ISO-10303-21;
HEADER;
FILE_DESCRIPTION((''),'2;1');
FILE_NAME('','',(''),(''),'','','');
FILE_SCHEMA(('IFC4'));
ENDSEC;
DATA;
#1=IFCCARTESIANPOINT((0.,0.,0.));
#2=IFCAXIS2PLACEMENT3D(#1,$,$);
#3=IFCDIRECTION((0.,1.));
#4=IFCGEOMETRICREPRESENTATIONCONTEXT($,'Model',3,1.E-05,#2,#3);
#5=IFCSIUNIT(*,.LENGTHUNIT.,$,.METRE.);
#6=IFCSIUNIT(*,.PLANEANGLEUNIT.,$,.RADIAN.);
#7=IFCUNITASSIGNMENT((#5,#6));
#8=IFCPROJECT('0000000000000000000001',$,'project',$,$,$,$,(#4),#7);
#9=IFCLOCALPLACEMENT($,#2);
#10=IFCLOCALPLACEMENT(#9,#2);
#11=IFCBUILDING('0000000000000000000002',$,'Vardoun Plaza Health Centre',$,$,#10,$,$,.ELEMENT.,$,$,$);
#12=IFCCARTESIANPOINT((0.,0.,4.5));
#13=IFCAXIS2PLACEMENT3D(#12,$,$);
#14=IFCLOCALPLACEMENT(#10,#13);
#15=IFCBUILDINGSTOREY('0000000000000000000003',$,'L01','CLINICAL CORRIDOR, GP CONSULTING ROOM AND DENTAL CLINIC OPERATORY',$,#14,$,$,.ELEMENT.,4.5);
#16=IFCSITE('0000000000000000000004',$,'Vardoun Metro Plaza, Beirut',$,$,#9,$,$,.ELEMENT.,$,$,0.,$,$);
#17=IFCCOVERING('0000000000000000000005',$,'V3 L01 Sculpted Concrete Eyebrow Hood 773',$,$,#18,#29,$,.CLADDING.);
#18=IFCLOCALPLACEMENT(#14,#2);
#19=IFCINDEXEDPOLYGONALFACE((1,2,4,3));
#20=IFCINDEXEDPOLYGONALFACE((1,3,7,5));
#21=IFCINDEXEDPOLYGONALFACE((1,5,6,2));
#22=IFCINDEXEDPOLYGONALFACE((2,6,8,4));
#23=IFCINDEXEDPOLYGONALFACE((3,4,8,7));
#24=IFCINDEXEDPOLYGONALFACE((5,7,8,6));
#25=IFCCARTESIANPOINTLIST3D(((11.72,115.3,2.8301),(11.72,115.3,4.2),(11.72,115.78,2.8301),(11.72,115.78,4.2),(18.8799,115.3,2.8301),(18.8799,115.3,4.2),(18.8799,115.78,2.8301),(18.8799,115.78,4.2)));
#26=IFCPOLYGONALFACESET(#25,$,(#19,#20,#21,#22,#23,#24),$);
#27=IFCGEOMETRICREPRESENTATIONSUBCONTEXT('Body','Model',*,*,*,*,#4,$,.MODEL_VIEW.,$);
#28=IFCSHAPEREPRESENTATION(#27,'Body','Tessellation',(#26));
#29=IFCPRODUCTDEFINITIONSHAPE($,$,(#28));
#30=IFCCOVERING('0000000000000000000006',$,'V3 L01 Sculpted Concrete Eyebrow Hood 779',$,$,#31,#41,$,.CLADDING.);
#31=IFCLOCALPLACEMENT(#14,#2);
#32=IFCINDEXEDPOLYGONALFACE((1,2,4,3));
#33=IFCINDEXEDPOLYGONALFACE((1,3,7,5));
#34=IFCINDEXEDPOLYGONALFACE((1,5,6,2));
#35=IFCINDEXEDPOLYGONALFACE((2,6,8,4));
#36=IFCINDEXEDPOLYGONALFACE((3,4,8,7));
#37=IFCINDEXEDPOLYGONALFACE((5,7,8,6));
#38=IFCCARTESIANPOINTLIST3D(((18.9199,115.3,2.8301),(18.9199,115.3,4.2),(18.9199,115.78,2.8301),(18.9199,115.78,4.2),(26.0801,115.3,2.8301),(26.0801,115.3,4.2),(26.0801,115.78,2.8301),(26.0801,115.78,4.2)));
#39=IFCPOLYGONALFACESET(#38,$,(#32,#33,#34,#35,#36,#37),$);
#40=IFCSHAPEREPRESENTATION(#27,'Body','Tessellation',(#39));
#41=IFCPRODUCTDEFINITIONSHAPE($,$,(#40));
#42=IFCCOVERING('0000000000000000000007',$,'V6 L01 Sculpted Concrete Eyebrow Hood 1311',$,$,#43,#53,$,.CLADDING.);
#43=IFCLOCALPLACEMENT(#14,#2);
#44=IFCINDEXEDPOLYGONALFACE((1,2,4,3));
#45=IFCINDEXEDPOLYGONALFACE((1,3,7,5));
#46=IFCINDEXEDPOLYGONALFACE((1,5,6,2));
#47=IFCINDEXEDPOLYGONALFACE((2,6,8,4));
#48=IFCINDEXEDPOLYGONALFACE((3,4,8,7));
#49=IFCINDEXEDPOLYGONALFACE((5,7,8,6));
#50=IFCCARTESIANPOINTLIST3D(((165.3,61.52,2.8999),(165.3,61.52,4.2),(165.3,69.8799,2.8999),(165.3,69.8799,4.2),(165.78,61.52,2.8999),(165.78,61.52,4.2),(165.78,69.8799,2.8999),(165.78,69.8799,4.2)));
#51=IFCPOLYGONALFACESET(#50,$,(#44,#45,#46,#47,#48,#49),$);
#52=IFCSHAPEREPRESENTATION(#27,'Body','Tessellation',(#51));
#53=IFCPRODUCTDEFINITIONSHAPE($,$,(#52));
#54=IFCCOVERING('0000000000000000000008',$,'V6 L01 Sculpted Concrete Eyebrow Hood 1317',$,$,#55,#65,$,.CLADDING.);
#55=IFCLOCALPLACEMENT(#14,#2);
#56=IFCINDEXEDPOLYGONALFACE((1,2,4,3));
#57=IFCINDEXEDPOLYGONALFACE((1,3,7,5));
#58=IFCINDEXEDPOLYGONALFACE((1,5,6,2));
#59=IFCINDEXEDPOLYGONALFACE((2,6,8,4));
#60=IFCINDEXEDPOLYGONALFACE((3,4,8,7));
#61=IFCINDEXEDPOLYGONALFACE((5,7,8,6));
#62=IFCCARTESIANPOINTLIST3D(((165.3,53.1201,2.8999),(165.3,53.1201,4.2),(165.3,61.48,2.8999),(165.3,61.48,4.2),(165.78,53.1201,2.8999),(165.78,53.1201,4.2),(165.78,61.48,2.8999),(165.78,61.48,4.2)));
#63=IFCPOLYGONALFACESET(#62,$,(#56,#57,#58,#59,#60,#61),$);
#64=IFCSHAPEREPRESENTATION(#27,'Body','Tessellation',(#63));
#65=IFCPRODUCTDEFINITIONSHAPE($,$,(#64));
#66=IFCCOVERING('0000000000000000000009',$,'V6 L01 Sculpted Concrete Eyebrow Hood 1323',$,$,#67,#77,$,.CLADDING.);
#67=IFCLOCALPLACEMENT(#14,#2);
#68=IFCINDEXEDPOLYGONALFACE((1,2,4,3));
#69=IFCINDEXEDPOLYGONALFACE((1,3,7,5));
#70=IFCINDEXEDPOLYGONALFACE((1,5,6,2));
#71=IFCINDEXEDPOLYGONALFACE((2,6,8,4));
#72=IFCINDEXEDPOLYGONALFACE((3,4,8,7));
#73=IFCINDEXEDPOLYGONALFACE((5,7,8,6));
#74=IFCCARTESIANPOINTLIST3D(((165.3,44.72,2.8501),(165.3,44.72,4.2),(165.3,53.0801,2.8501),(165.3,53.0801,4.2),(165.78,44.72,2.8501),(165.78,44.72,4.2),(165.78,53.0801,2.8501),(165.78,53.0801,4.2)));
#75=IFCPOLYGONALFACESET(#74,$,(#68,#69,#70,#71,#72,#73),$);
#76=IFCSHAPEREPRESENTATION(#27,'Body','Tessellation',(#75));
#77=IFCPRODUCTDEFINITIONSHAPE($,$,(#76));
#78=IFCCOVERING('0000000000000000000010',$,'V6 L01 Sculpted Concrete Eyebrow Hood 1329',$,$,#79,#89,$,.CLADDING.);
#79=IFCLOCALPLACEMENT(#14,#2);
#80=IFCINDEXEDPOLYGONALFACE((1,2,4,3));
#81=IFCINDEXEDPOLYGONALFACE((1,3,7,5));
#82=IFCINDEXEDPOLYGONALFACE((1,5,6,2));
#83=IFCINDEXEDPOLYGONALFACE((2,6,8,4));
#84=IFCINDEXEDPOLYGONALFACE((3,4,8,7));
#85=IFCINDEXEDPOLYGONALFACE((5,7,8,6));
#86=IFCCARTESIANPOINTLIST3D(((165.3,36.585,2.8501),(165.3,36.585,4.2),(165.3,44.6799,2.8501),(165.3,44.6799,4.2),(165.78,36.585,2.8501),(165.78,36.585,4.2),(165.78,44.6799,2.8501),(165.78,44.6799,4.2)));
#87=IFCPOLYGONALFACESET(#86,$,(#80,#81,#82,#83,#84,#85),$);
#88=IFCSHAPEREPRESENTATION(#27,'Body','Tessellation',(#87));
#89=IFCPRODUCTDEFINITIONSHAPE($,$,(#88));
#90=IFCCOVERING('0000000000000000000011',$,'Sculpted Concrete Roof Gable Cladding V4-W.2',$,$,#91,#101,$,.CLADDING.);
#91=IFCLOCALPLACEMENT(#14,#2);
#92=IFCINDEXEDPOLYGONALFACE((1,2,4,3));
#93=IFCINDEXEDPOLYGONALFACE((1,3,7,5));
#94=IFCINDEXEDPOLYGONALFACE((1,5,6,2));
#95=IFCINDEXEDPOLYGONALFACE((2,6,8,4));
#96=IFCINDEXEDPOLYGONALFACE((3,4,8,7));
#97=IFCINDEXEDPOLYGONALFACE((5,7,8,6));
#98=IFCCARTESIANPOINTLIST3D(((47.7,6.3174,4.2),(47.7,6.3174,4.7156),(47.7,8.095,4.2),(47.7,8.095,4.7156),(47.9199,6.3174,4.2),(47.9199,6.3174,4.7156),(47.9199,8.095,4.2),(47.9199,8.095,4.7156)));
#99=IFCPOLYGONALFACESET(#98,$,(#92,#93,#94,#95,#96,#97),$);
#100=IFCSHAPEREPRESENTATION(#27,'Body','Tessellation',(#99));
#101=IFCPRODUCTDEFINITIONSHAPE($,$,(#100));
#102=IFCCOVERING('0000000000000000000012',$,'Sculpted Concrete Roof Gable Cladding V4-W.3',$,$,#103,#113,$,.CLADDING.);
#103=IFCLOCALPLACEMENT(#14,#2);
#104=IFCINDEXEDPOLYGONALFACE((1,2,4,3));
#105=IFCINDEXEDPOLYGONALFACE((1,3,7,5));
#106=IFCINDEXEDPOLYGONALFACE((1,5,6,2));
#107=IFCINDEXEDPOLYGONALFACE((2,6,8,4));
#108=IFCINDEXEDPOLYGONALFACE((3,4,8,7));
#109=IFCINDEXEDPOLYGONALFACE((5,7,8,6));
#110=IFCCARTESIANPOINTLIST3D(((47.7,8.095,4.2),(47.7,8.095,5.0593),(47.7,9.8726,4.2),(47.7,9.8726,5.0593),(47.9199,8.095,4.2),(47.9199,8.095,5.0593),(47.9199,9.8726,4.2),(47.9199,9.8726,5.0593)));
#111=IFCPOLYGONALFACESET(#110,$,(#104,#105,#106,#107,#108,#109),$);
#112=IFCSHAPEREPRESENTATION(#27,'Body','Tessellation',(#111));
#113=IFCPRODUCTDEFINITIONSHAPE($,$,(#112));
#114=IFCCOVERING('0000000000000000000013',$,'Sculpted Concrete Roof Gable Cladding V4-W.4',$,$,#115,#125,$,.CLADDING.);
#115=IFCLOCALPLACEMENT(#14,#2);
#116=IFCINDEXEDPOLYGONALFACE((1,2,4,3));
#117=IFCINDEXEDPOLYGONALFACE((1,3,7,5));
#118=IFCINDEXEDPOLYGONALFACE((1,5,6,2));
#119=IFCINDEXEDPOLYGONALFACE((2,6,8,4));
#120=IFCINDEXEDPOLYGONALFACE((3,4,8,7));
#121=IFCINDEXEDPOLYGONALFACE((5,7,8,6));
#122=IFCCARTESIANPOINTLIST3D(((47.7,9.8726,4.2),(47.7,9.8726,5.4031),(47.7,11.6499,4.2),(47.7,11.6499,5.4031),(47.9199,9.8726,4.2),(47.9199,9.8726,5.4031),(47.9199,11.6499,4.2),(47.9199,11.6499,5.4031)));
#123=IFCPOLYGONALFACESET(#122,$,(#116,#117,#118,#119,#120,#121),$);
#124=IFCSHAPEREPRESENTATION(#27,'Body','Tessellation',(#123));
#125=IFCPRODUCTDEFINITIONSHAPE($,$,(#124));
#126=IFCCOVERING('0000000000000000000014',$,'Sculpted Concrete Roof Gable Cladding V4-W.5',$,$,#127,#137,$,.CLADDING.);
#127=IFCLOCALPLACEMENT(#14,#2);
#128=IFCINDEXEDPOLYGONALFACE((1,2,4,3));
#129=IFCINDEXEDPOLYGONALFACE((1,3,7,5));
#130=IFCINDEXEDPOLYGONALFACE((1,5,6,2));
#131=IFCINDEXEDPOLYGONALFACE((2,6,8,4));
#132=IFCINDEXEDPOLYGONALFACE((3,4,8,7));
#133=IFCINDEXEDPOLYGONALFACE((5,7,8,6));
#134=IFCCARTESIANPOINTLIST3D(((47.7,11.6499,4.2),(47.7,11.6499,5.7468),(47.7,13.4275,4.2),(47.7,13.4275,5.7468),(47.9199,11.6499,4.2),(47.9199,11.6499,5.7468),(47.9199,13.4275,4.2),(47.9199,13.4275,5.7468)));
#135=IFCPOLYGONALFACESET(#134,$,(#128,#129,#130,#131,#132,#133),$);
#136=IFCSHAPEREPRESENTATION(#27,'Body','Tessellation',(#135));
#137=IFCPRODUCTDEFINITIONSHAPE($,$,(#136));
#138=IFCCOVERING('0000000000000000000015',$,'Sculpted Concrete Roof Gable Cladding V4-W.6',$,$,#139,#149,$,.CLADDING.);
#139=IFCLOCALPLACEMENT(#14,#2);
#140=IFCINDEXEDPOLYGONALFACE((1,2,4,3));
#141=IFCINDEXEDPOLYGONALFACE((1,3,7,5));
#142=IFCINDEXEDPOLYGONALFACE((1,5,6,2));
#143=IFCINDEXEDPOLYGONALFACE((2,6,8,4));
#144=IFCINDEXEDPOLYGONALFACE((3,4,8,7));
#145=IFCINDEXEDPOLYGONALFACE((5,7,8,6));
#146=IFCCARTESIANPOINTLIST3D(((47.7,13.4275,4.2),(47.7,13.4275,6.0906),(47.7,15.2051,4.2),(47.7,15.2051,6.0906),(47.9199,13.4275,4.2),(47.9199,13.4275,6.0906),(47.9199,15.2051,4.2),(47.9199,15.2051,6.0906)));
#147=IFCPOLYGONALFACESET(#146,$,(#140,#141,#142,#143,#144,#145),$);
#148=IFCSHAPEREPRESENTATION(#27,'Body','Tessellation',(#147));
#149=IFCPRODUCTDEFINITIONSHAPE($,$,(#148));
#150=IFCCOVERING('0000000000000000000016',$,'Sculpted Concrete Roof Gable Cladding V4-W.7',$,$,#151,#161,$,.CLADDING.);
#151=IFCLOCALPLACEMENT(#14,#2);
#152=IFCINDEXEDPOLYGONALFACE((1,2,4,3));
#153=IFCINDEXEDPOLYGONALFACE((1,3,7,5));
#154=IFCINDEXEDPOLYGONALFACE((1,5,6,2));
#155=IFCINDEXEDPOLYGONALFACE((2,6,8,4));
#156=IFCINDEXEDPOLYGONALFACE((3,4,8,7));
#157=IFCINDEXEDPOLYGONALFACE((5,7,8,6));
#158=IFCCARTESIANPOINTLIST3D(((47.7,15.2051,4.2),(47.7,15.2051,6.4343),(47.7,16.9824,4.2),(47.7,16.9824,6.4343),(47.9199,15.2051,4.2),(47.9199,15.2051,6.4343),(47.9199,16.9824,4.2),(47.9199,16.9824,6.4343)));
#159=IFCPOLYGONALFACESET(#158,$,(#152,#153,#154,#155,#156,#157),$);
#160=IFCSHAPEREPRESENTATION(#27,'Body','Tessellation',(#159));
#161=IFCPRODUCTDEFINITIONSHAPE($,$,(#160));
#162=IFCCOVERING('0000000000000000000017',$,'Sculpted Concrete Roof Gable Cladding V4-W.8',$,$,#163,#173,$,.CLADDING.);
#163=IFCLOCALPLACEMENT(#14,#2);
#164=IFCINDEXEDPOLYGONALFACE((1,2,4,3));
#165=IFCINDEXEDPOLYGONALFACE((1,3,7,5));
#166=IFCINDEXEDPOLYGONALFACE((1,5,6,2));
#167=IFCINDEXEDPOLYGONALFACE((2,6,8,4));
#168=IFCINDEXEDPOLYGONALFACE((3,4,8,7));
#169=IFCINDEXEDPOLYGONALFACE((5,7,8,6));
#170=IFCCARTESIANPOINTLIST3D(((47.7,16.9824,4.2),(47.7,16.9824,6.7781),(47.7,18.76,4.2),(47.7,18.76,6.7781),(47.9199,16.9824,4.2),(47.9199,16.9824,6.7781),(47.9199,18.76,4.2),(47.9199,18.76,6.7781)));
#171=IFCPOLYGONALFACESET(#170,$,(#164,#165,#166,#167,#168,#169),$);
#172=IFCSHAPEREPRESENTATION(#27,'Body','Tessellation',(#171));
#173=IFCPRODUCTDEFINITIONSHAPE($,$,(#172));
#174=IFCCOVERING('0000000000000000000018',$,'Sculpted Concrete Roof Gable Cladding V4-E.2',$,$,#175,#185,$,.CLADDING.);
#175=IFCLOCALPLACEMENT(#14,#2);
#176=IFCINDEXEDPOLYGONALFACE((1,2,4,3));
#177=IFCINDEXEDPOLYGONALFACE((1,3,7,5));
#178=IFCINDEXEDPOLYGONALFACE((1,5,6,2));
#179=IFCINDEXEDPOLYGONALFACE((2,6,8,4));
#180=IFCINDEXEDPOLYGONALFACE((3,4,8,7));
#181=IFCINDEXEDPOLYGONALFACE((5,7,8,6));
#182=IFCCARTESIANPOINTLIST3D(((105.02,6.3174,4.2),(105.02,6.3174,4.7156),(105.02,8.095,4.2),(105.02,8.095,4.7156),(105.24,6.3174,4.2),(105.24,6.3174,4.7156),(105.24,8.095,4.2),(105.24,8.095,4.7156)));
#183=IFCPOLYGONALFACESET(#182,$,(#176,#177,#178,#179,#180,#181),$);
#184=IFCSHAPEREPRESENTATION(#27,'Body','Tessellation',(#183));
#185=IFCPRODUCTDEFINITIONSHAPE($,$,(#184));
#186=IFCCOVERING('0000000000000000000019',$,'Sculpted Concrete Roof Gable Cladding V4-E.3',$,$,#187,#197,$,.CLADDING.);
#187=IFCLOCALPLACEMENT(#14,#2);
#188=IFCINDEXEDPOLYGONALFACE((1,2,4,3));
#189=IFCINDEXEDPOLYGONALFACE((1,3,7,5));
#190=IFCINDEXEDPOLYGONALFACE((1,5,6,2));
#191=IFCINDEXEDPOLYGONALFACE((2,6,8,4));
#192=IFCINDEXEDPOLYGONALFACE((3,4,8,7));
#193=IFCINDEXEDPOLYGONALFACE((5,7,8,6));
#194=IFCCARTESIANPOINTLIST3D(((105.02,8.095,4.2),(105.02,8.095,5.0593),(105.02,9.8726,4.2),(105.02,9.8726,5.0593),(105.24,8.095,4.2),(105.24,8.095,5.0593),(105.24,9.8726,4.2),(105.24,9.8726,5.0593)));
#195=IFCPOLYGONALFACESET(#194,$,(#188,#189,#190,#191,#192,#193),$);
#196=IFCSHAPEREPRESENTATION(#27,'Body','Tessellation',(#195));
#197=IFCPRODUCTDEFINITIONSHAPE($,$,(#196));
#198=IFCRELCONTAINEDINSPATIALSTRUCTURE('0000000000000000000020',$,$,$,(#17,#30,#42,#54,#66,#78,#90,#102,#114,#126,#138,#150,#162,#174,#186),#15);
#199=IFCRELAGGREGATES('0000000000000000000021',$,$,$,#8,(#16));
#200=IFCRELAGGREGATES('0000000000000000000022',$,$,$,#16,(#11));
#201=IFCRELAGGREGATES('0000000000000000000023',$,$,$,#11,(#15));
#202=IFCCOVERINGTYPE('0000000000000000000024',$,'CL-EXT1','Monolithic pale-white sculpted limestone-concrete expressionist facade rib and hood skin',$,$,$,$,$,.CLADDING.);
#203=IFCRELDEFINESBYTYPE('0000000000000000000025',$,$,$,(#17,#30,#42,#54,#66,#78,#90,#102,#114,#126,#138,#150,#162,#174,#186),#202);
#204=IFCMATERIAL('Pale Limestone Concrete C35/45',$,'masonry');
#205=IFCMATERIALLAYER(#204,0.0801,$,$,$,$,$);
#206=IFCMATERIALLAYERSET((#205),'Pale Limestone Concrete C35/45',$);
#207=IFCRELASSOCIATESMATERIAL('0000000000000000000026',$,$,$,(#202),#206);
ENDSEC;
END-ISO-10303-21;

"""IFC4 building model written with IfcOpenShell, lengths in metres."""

from ifc_helpers import new_model, si_unit, direction, frame, origin, place, context, subcontext, project, spatial, polyline, outline, extrude, material, layer, layer_set, type_object, element, save


model = new_model("IFC4")

# Units and contexts
model_context = context("Model", 3, precision=1e-05, world=origin(), true_north=direction((0.0, 1.0)))
body_context = subcontext(model_context, "Body", "Model", "MODEL_VIEW")
ifc_project = project(units=[si_unit("LENGTHUNIT", "METRE"), si_unit("PLANEANGLEUNIT", "RADIAN")], contexts=[model_context])

# Site, building, storey
site_placement = place(None, origin())
site = spatial("IfcSite", under=ifc_project, at=site_placement, Name="Vardoun Metro Plaza, Beirut", CompositionType="ELEMENT", RefElevation=0.0)
building_placement = place(site_placement, origin())
building = spatial("IfcBuilding", under=site, at=building_placement, Name="Vardoun Plaza Health Centre", CompositionType="ELEMENT")
storey_placement = place(building_placement, frame((0.0, 0.0, 4.5)))
storey = spatial("IfcBuildingStorey", under=building, at=storey_placement, Name="L01", Description="CLINICAL CORRIDOR, GP CONSULTING ROOM AND DENTAL CLINIC OPERATORY", CompositionType="ELEMENT", Elevation=4.5)

# Coverings
ifc_material = material(Name="Pale Limestone Concrete C35/45", Category="masonry")
ifc_layer = layer(ifc_material, 0.0801)
ifc_layer_set = layer_set([ifc_layer], Name="Pale Limestone Concrete C35/45")
covering_type = type_object("IfcCoveringType", Name="CL-EXT1", Description="Monolithic pale-white sculpted limestone-concrete expressionist facade rib and hood skin", PredefinedType="CLADDING", material=ifc_layer_set)
covering_1_placement = place(storey_placement, frame((0.0, 0.0, 2.8301)))
element("IfcCovering", 1, at=covering_1_placement, inside=storey, type_object=covering_type, Name="V3 L01 Sculpted Concrete Eyebrow Hood 773", PredefinedType="CLADDING", context=body_context, shape_type="SweptSolid", body=[
    extrude(outline(polyline([(11.72, 115.3), (18.8799, 115.3), (18.8799, 115.78), (11.72, 115.78), (11.72, 115.3)])), origin(), (0.0, 0.0, 1.0), 1.3699),
])
covering_2_placement = place(storey_placement, frame((0.0, 0.0, 2.8301)))
element("IfcCovering", 2, at=covering_2_placement, inside=storey, type_object=covering_type, Name="V3 L01 Sculpted Concrete Eyebrow Hood 779", PredefinedType="CLADDING", context=body_context, shape_type="SweptSolid", body=[
    extrude(outline(polyline([(18.9199, 115.3), (26.0801, 115.3), (26.0801, 115.78), (18.9199, 115.78), (18.9199, 115.3)])), origin(), (0.0, 0.0, 1.0), 1.3699),
])
covering_3_placement = place(storey_placement, frame((0.0, 0.0, 2.8999)))
element("IfcCovering", 3, at=covering_3_placement, inside=storey, type_object=covering_type, Name="V6 L01 Sculpted Concrete Eyebrow Hood 1311", PredefinedType="CLADDING", context=body_context, shape_type="SweptSolid", body=[
    extrude(outline(polyline([(165.3, 69.8799), (165.3, 61.52), (165.78, 61.52), (165.78, 69.8799), (165.3, 69.8799)])), origin(), (0.0, 0.0, 1.0), 1.3),
])
covering_4_placement = place(storey_placement, frame((0.0, 0.0, 2.8999)))
element("IfcCovering", 4, at=covering_4_placement, inside=storey, type_object=covering_type, Name="V6 L01 Sculpted Concrete Eyebrow Hood 1317", PredefinedType="CLADDING", context=body_context, shape_type="SweptSolid", body=[
    extrude(outline(polyline([(165.3, 61.48), (165.3, 53.1201), (165.78, 53.1201), (165.78, 61.48), (165.3, 61.48)])), origin(), (0.0, 0.0, 1.0), 1.3),
])
covering_5_placement = place(storey_placement, frame((0.0, 0.0, 2.8501)))
element("IfcCovering", 5, at=covering_5_placement, inside=storey, type_object=covering_type, Name="V6 L01 Sculpted Concrete Eyebrow Hood 1323", PredefinedType="CLADDING", context=body_context, shape_type="SweptSolid", body=[
    extrude(outline(polyline([(165.3, 53.0801), (165.3, 44.72), (165.78, 44.72), (165.78, 53.0801), (165.3, 53.0801)])), origin(), (0.0, 0.0, 1.0), 1.3499),
])
covering_6_placement = place(storey_placement, frame((0.0, 0.0, 2.8501)))
element("IfcCovering", 6, at=covering_6_placement, inside=storey, type_object=covering_type, Name="V6 L01 Sculpted Concrete Eyebrow Hood 1329", PredefinedType="CLADDING", context=body_context, shape_type="SweptSolid", body=[
    extrude(outline(polyline([(165.3, 44.6799), (165.3, 36.585), (165.78, 36.585), (165.78, 44.6799), (165.3, 44.6799)])), origin(), (0.0, 0.0, 1.0), 1.3499),
])
covering_7_placement = place(storey_placement, frame((0.0, 0.0, 4.2)))
element("IfcCovering", 7, at=covering_7_placement, inside=storey, type_object=covering_type, Name="Sculpted Concrete Roof Gable Cladding V4-W.2", PredefinedType="CLADDING", context=body_context, shape_type="SweptSolid", body=[
    extrude(outline(polyline([(47.9199, 6.3174), (47.9199, 8.095), (47.7, 8.095), (47.7, 6.3174), (47.9199, 6.3174)])), origin(), (0.0, 0.0, 1.0), 0.5156),
])
covering_8_placement = place(storey_placement, frame((0.0, 0.0, 4.2)))
element("IfcCovering", 8, at=covering_8_placement, inside=storey, type_object=covering_type, Name="Sculpted Concrete Roof Gable Cladding V4-W.3", PredefinedType="CLADDING", context=body_context, shape_type="SweptSolid", body=[
    extrude(outline(polyline([(47.9199, 8.095), (47.9199, 9.8726), (47.7, 9.8726), (47.7, 8.095), (47.9199, 8.095)])), origin(), (0.0, 0.0, 1.0), 0.8594),
])
covering_9_placement = place(storey_placement, frame((0.0, 0.0, 4.2)))
element("IfcCovering", 9, at=covering_9_placement, inside=storey, type_object=covering_type, Name="Sculpted Concrete Roof Gable Cladding V4-W.4", PredefinedType="CLADDING", context=body_context, shape_type="SweptSolid", body=[
    extrude(outline(polyline([(47.9199, 9.8726), (47.9199, 11.6499), (47.7, 11.6499), (47.7, 9.8726), (47.9199, 9.8726)])), origin(), (0.0, 0.0, 1.0), 1.2031),
])
covering_10_placement = place(storey_placement, frame((0.0, 0.0, 4.2)))
element("IfcCovering", 10, at=covering_10_placement, inside=storey, type_object=covering_type, Name="Sculpted Concrete Roof Gable Cladding V4-W.5", PredefinedType="CLADDING", context=body_context, shape_type="SweptSolid", body=[
    extrude(outline(polyline([(47.9199, 11.6499), (47.9199, 13.4275), (47.7, 13.4275), (47.7, 11.6499), (47.9199, 11.6499)])), origin(), (0.0, 0.0, 1.0), 1.5469),
])
covering_11_placement = place(storey_placement, frame((0.0, 0.0, 4.2)))
element("IfcCovering", 11, at=covering_11_placement, inside=storey, type_object=covering_type, Name="Sculpted Concrete Roof Gable Cladding V4-W.6", PredefinedType="CLADDING", context=body_context, shape_type="SweptSolid", body=[
    extrude(outline(polyline([(47.9199, 13.4275), (47.9199, 15.2051), (47.7, 15.2051), (47.7, 13.4275), (47.9199, 13.4275)])), origin(), (0.0, 0.0, 1.0), 1.8906),
])
covering_12_placement = place(storey_placement, frame((0.0, 0.0, 4.2)))
element("IfcCovering", 12, at=covering_12_placement, inside=storey, type_object=covering_type, Name="Sculpted Concrete Roof Gable Cladding V4-W.7", PredefinedType="CLADDING", context=body_context, shape_type="SweptSolid", body=[
    extrude(outline(polyline([(47.9199, 15.2051), (47.9199, 16.9824), (47.7, 16.9824), (47.7, 15.2051), (47.9199, 15.2051)])), origin(), (0.0, 0.0, 1.0), 2.2344),
])
covering_13_placement = place(storey_placement, frame((0.0, 0.0, 4.2)))
element("IfcCovering", 13, at=covering_13_placement, inside=storey, type_object=covering_type, Name="Sculpted Concrete Roof Gable Cladding V4-W.8", PredefinedType="CLADDING", context=body_context, shape_type="SweptSolid", body=[
    extrude(outline(polyline([(47.9199, 16.9824), (47.9199, 18.76), (47.7, 18.76), (47.7, 16.9824), (47.9199, 16.9824)])), origin(), (0.0, 0.0, 1.0), 2.5781),
])
covering_14_placement = place(storey_placement, frame((0.0, 0.0, 4.2)))
element("IfcCovering", 14, at=covering_14_placement, inside=storey, type_object=covering_type, Name="Sculpted Concrete Roof Gable Cladding V4-E.2", PredefinedType="CLADDING", context=body_context, shape_type="SweptSolid", body=[
    extrude(outline(polyline([(105.24, 6.3174), (105.24, 8.095), (105.02, 8.095), (105.02, 6.3174), (105.24, 6.3174)])), origin(), (0.0, 0.0, 1.0), 0.5156),
])
covering_15_placement = place(storey_placement, frame((0.0, 0.0, 4.2)))
element("IfcCovering", 15, at=covering_15_placement, inside=storey, type_object=covering_type, Name="Sculpted Concrete Roof Gable Cladding V4-E.3", PredefinedType="CLADDING", context=body_context, shape_type="SweptSolid", body=[
    extrude(outline(polyline([(105.24, 8.095), (105.24, 9.8726), (105.02, 9.8726), (105.02, 8.095), (105.24, 8.095)])), origin(), (0.0, 0.0, 1.0), 0.8594),
])

save(model, "model.ifc")
